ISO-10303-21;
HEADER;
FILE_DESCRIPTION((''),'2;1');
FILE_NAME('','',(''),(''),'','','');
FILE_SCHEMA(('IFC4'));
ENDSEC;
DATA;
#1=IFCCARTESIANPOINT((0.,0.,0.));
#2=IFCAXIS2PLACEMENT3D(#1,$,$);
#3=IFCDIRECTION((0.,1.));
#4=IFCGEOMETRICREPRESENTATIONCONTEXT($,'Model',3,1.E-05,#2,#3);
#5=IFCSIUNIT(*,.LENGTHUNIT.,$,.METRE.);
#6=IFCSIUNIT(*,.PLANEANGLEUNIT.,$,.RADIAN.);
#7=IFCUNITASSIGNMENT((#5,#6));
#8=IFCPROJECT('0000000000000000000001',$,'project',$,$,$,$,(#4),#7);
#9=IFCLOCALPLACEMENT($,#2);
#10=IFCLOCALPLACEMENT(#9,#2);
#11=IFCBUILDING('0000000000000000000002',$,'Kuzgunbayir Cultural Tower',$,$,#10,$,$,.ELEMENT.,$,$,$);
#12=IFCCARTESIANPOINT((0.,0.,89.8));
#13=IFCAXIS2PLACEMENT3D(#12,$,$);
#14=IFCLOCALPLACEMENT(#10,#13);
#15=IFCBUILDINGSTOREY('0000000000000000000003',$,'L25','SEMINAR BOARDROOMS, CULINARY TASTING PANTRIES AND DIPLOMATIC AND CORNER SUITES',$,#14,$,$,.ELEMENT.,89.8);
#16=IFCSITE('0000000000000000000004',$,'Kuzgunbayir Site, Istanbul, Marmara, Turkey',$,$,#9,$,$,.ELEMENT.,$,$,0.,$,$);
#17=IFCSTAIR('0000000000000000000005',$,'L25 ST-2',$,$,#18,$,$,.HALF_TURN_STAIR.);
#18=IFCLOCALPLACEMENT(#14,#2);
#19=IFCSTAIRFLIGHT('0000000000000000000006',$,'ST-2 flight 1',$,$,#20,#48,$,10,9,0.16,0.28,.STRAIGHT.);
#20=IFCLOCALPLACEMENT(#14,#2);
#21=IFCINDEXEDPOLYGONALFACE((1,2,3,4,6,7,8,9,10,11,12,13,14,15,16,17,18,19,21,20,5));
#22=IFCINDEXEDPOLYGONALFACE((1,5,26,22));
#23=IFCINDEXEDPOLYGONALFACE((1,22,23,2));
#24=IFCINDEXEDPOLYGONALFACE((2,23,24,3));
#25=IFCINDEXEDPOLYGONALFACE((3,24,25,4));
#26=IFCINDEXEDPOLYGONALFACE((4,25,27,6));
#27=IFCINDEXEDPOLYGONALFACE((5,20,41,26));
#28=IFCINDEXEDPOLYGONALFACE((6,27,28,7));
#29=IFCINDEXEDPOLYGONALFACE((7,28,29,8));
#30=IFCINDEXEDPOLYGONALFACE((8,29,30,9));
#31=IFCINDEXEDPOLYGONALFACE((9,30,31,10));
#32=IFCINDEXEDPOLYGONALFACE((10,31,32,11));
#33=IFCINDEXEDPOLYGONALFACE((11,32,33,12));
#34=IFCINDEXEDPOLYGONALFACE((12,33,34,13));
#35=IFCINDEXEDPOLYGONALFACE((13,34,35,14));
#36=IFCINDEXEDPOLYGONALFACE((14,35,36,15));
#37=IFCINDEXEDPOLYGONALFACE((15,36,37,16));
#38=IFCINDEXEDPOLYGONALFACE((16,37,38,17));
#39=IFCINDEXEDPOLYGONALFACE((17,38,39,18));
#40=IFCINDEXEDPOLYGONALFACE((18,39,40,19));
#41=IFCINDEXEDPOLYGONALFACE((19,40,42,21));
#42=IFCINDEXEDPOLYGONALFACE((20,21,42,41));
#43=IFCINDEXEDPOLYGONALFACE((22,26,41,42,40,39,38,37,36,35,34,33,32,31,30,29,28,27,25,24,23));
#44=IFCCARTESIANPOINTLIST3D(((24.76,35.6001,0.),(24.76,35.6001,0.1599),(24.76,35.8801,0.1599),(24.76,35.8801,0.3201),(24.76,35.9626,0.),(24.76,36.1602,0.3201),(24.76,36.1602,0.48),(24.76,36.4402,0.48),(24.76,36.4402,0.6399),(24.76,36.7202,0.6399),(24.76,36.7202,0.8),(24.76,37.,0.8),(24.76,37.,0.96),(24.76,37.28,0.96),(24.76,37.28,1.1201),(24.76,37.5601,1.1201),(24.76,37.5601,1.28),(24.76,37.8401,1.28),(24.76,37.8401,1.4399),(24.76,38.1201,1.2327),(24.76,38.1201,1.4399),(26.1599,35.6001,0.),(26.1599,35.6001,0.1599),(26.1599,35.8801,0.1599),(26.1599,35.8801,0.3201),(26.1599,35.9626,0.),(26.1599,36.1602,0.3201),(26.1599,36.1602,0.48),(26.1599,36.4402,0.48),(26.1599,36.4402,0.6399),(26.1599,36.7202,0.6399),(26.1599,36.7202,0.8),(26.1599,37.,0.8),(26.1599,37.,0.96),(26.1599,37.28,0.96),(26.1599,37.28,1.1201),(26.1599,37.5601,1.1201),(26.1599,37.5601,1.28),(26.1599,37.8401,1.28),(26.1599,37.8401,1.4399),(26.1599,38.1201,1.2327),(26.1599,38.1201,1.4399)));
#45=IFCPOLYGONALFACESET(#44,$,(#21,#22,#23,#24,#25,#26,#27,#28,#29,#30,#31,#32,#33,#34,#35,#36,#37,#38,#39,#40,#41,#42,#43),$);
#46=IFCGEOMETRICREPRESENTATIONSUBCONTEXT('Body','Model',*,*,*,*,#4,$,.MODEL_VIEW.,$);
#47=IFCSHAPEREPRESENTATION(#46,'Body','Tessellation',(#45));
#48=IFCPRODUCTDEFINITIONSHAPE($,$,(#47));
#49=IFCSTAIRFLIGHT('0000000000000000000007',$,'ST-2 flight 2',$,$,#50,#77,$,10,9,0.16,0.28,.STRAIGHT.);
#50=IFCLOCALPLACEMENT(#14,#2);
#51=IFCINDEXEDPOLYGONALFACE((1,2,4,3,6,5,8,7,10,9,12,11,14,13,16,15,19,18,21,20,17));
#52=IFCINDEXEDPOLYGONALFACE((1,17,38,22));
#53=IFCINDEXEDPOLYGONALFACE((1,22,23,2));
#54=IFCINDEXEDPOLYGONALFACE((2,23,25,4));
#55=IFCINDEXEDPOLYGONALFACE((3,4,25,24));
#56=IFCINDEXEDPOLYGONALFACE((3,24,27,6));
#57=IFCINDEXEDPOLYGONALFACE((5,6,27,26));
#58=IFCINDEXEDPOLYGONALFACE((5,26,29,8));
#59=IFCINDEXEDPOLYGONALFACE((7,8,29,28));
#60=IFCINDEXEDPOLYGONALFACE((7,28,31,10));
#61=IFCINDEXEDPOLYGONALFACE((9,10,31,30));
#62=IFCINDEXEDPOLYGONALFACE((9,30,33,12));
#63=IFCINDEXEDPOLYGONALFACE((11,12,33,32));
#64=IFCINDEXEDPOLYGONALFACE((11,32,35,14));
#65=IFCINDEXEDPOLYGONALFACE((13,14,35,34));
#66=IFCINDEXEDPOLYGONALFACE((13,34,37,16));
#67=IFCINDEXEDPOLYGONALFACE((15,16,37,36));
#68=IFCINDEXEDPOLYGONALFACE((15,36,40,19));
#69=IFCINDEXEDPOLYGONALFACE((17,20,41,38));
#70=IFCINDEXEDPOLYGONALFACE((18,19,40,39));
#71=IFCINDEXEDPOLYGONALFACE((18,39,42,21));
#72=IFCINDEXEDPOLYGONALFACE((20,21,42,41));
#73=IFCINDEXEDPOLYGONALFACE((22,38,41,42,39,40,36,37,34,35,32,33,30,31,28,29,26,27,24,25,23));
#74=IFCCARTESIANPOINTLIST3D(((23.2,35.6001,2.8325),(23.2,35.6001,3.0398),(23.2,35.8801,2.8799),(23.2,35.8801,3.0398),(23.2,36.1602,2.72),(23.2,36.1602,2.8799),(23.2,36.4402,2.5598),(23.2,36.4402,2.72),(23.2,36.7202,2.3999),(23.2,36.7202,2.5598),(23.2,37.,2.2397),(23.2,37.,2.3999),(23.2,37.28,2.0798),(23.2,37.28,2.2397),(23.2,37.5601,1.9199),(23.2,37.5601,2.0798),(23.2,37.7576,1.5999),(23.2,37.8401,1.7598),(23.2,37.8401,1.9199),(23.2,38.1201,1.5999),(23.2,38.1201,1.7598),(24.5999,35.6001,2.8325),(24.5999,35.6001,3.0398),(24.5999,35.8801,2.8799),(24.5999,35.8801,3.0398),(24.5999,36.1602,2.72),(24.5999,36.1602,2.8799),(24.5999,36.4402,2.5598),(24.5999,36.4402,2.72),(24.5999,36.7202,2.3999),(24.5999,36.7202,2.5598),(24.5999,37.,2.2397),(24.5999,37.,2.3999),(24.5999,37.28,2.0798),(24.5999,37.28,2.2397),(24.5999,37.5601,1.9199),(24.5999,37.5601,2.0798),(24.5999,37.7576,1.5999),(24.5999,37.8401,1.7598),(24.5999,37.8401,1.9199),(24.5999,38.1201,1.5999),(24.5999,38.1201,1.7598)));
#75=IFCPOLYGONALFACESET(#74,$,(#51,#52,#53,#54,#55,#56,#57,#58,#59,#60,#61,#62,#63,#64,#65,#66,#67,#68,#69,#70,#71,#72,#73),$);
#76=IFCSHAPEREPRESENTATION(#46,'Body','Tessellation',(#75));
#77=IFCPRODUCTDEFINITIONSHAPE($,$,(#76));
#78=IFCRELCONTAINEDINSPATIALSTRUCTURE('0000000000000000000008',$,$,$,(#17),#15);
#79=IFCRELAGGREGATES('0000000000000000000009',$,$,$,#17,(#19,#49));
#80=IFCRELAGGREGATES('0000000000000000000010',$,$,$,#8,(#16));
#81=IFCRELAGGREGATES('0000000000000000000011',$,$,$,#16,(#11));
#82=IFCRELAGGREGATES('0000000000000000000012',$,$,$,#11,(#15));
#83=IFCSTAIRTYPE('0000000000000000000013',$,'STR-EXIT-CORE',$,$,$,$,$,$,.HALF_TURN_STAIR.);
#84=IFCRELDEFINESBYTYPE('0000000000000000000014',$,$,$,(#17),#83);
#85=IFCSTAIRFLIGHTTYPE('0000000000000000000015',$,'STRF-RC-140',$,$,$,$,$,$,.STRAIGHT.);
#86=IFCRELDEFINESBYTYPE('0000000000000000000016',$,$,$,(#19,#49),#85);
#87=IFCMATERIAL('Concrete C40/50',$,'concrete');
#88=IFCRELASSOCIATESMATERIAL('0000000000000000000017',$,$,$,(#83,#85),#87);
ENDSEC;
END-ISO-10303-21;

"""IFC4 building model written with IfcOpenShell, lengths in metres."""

from ifc_helpers import new_model, si_unit, direction, frame, origin, place, context, subcontext, project, spatial, polyline, outline, extrude, material, type_object, element, aggregate, save


model = new_model("IFC4")

# Units and contexts
model_context = context("Model", 3, precision=1e-05, world=origin(), true_north=direction((0.0, 1.0)))
body_context = subcontext(model_context, "Body", "Model", "MODEL_VIEW")
ifc_project = project(units=[si_unit("LENGTHUNIT", "METRE"), si_unit("PLANEANGLEUNIT", "RADIAN")], contexts=[model_context])

# Site, building, storey
site_placement = place(None, origin())
site = spatial("IfcSite", under=ifc_project, at=site_placement, Name="Kuzgunbayir Site, Istanbul, Marmara, Turkey", CompositionType="ELEMENT", RefElevation=0.0)
building_placement = place(site_placement, origin())
building = spatial("IfcBuilding", under=site, at=building_placement, Name="Kuzgunbayir Cultural Tower", CompositionType="ELEMENT")
storey_placement = place(building_placement, frame((0.0, 0.0, 89.8)))
storey = spatial("IfcBuildingStorey", under=building, at=storey_placement, Name="L25", Description="SEMINAR BOARDROOMS, CULINARY TASTING PANTRIES AND DIPLOMATIC AND CORNER SUITES", CompositionType="ELEMENT", Elevation=89.8)

# Shared definitions
ifc_material_1 = material(Name="Concrete C40/50", Category="concrete")

# Stair, stair flights
stair_type = type_object("IfcStairType", Name="STR-EXIT-CORE", PredefinedType="HALF_TURN_STAIR", material=ifc_material_1)
stair_placement = place(storey_placement, origin())
stair = element("IfcStair", 1, at=stair_placement, inside=storey, type_object=stair_type, Name="L25 ST-2", PredefinedType="HALF_TURN_STAIR")
stair_flight_type = type_object("IfcStairFlightType", Name="STRF-RC-140", PredefinedType="STRAIGHT", material=ifc_material_1)
stair_flight_1_placement = place(storey_placement, frame((25.46, 35.6001, 0.0), z_axis=(0.0, 0.0, 1.0), x_axis=(0.0, 1.0, 0.0)))
stair_flight_1 = element("IfcStairFlight", 2, at=stair_flight_1_placement, type_object=stair_flight_type, Name="ST-2 flight 1", NumberOfRisers=10, NumberOfTreads=9, PredefinedType="STRAIGHT", RiserHeight=0.16, TreadLength=0.28, context=body_context, shape_type="SweptSolid", body=[
    extrude(outline(polyline([(0.0, 0.0), (0.0, 0.1599), (0.28, 0.1599), (0.28, 0.3201), (0.5601, 0.3201), (0.5601, 0.48), (0.8401, 0.48), (0.8401, 0.6399), (1.1201, 0.6399), (1.1201, 0.8), (1.3999, 0.8), (1.3999, 0.96), (1.6799, 0.96), (1.6799, 1.1201), (1.96, 1.1201), (1.96, 1.28), (2.24, 1.28), (2.24, 1.4399), (2.52, 1.4399), (2.52, 1.6001), (2.52, 1.2327), (0.3625, 0.0), (0.0, 0.0)])), frame((0.0, 0.7, 0.0), z_axis=(0.0, -1.0, 0.0), x_axis=(1.0, 0.0, 0.0)), (0.0, 0.0, 1.0), 1.3999),
])
stair_flight_2_placement = place(storey_placement, frame((23.8999, 38.1201, 1.5999), z_axis=(0.0, 0.0, 1.0), x_axis=(0.0, -1.0, 0.0)))
stair_flight_2 = element("IfcStairFlight", 3, at=stair_flight_2_placement, type_object=stair_flight_type, Name="ST-2 flight 2", NumberOfRisers=10, NumberOfTreads=9, PredefinedType="STRAIGHT", RiserHeight=0.16, TreadLength=0.28, context=body_context, shape_type="SweptSolid", body=[
    extrude(outline(polyline([(0.0, 0.0), (0.0, 0.1599), (0.28, 0.1599), (0.28, 0.3201), (0.5601, 0.3201), (0.5601, 0.48), (0.8401, 0.48), (0.8401, 0.6399), (1.1201, 0.6399), (1.1201, 0.8), (1.3999, 0.8), (1.3999, 0.96), (1.6799, 0.96), (1.6799, 1.1201), (1.96, 1.1201), (1.96, 1.28), (2.24, 1.28), (2.24, 1.4399), (2.52, 1.4399), (2.52, 1.6001), (2.52, 1.2327), (0.3625, 0.0), (0.0, 0.0)])), frame((0.0, 0.7, 0.0), z_axis=(0.0, -1.0, 0.0), x_axis=(1.0, 0.0, 0.0)), (0.0, 0.0, 1.0), 1.3999),
])
aggregate(stair, [stair_flight_1, stair_flight_2])

save(model, "model.ifc")
